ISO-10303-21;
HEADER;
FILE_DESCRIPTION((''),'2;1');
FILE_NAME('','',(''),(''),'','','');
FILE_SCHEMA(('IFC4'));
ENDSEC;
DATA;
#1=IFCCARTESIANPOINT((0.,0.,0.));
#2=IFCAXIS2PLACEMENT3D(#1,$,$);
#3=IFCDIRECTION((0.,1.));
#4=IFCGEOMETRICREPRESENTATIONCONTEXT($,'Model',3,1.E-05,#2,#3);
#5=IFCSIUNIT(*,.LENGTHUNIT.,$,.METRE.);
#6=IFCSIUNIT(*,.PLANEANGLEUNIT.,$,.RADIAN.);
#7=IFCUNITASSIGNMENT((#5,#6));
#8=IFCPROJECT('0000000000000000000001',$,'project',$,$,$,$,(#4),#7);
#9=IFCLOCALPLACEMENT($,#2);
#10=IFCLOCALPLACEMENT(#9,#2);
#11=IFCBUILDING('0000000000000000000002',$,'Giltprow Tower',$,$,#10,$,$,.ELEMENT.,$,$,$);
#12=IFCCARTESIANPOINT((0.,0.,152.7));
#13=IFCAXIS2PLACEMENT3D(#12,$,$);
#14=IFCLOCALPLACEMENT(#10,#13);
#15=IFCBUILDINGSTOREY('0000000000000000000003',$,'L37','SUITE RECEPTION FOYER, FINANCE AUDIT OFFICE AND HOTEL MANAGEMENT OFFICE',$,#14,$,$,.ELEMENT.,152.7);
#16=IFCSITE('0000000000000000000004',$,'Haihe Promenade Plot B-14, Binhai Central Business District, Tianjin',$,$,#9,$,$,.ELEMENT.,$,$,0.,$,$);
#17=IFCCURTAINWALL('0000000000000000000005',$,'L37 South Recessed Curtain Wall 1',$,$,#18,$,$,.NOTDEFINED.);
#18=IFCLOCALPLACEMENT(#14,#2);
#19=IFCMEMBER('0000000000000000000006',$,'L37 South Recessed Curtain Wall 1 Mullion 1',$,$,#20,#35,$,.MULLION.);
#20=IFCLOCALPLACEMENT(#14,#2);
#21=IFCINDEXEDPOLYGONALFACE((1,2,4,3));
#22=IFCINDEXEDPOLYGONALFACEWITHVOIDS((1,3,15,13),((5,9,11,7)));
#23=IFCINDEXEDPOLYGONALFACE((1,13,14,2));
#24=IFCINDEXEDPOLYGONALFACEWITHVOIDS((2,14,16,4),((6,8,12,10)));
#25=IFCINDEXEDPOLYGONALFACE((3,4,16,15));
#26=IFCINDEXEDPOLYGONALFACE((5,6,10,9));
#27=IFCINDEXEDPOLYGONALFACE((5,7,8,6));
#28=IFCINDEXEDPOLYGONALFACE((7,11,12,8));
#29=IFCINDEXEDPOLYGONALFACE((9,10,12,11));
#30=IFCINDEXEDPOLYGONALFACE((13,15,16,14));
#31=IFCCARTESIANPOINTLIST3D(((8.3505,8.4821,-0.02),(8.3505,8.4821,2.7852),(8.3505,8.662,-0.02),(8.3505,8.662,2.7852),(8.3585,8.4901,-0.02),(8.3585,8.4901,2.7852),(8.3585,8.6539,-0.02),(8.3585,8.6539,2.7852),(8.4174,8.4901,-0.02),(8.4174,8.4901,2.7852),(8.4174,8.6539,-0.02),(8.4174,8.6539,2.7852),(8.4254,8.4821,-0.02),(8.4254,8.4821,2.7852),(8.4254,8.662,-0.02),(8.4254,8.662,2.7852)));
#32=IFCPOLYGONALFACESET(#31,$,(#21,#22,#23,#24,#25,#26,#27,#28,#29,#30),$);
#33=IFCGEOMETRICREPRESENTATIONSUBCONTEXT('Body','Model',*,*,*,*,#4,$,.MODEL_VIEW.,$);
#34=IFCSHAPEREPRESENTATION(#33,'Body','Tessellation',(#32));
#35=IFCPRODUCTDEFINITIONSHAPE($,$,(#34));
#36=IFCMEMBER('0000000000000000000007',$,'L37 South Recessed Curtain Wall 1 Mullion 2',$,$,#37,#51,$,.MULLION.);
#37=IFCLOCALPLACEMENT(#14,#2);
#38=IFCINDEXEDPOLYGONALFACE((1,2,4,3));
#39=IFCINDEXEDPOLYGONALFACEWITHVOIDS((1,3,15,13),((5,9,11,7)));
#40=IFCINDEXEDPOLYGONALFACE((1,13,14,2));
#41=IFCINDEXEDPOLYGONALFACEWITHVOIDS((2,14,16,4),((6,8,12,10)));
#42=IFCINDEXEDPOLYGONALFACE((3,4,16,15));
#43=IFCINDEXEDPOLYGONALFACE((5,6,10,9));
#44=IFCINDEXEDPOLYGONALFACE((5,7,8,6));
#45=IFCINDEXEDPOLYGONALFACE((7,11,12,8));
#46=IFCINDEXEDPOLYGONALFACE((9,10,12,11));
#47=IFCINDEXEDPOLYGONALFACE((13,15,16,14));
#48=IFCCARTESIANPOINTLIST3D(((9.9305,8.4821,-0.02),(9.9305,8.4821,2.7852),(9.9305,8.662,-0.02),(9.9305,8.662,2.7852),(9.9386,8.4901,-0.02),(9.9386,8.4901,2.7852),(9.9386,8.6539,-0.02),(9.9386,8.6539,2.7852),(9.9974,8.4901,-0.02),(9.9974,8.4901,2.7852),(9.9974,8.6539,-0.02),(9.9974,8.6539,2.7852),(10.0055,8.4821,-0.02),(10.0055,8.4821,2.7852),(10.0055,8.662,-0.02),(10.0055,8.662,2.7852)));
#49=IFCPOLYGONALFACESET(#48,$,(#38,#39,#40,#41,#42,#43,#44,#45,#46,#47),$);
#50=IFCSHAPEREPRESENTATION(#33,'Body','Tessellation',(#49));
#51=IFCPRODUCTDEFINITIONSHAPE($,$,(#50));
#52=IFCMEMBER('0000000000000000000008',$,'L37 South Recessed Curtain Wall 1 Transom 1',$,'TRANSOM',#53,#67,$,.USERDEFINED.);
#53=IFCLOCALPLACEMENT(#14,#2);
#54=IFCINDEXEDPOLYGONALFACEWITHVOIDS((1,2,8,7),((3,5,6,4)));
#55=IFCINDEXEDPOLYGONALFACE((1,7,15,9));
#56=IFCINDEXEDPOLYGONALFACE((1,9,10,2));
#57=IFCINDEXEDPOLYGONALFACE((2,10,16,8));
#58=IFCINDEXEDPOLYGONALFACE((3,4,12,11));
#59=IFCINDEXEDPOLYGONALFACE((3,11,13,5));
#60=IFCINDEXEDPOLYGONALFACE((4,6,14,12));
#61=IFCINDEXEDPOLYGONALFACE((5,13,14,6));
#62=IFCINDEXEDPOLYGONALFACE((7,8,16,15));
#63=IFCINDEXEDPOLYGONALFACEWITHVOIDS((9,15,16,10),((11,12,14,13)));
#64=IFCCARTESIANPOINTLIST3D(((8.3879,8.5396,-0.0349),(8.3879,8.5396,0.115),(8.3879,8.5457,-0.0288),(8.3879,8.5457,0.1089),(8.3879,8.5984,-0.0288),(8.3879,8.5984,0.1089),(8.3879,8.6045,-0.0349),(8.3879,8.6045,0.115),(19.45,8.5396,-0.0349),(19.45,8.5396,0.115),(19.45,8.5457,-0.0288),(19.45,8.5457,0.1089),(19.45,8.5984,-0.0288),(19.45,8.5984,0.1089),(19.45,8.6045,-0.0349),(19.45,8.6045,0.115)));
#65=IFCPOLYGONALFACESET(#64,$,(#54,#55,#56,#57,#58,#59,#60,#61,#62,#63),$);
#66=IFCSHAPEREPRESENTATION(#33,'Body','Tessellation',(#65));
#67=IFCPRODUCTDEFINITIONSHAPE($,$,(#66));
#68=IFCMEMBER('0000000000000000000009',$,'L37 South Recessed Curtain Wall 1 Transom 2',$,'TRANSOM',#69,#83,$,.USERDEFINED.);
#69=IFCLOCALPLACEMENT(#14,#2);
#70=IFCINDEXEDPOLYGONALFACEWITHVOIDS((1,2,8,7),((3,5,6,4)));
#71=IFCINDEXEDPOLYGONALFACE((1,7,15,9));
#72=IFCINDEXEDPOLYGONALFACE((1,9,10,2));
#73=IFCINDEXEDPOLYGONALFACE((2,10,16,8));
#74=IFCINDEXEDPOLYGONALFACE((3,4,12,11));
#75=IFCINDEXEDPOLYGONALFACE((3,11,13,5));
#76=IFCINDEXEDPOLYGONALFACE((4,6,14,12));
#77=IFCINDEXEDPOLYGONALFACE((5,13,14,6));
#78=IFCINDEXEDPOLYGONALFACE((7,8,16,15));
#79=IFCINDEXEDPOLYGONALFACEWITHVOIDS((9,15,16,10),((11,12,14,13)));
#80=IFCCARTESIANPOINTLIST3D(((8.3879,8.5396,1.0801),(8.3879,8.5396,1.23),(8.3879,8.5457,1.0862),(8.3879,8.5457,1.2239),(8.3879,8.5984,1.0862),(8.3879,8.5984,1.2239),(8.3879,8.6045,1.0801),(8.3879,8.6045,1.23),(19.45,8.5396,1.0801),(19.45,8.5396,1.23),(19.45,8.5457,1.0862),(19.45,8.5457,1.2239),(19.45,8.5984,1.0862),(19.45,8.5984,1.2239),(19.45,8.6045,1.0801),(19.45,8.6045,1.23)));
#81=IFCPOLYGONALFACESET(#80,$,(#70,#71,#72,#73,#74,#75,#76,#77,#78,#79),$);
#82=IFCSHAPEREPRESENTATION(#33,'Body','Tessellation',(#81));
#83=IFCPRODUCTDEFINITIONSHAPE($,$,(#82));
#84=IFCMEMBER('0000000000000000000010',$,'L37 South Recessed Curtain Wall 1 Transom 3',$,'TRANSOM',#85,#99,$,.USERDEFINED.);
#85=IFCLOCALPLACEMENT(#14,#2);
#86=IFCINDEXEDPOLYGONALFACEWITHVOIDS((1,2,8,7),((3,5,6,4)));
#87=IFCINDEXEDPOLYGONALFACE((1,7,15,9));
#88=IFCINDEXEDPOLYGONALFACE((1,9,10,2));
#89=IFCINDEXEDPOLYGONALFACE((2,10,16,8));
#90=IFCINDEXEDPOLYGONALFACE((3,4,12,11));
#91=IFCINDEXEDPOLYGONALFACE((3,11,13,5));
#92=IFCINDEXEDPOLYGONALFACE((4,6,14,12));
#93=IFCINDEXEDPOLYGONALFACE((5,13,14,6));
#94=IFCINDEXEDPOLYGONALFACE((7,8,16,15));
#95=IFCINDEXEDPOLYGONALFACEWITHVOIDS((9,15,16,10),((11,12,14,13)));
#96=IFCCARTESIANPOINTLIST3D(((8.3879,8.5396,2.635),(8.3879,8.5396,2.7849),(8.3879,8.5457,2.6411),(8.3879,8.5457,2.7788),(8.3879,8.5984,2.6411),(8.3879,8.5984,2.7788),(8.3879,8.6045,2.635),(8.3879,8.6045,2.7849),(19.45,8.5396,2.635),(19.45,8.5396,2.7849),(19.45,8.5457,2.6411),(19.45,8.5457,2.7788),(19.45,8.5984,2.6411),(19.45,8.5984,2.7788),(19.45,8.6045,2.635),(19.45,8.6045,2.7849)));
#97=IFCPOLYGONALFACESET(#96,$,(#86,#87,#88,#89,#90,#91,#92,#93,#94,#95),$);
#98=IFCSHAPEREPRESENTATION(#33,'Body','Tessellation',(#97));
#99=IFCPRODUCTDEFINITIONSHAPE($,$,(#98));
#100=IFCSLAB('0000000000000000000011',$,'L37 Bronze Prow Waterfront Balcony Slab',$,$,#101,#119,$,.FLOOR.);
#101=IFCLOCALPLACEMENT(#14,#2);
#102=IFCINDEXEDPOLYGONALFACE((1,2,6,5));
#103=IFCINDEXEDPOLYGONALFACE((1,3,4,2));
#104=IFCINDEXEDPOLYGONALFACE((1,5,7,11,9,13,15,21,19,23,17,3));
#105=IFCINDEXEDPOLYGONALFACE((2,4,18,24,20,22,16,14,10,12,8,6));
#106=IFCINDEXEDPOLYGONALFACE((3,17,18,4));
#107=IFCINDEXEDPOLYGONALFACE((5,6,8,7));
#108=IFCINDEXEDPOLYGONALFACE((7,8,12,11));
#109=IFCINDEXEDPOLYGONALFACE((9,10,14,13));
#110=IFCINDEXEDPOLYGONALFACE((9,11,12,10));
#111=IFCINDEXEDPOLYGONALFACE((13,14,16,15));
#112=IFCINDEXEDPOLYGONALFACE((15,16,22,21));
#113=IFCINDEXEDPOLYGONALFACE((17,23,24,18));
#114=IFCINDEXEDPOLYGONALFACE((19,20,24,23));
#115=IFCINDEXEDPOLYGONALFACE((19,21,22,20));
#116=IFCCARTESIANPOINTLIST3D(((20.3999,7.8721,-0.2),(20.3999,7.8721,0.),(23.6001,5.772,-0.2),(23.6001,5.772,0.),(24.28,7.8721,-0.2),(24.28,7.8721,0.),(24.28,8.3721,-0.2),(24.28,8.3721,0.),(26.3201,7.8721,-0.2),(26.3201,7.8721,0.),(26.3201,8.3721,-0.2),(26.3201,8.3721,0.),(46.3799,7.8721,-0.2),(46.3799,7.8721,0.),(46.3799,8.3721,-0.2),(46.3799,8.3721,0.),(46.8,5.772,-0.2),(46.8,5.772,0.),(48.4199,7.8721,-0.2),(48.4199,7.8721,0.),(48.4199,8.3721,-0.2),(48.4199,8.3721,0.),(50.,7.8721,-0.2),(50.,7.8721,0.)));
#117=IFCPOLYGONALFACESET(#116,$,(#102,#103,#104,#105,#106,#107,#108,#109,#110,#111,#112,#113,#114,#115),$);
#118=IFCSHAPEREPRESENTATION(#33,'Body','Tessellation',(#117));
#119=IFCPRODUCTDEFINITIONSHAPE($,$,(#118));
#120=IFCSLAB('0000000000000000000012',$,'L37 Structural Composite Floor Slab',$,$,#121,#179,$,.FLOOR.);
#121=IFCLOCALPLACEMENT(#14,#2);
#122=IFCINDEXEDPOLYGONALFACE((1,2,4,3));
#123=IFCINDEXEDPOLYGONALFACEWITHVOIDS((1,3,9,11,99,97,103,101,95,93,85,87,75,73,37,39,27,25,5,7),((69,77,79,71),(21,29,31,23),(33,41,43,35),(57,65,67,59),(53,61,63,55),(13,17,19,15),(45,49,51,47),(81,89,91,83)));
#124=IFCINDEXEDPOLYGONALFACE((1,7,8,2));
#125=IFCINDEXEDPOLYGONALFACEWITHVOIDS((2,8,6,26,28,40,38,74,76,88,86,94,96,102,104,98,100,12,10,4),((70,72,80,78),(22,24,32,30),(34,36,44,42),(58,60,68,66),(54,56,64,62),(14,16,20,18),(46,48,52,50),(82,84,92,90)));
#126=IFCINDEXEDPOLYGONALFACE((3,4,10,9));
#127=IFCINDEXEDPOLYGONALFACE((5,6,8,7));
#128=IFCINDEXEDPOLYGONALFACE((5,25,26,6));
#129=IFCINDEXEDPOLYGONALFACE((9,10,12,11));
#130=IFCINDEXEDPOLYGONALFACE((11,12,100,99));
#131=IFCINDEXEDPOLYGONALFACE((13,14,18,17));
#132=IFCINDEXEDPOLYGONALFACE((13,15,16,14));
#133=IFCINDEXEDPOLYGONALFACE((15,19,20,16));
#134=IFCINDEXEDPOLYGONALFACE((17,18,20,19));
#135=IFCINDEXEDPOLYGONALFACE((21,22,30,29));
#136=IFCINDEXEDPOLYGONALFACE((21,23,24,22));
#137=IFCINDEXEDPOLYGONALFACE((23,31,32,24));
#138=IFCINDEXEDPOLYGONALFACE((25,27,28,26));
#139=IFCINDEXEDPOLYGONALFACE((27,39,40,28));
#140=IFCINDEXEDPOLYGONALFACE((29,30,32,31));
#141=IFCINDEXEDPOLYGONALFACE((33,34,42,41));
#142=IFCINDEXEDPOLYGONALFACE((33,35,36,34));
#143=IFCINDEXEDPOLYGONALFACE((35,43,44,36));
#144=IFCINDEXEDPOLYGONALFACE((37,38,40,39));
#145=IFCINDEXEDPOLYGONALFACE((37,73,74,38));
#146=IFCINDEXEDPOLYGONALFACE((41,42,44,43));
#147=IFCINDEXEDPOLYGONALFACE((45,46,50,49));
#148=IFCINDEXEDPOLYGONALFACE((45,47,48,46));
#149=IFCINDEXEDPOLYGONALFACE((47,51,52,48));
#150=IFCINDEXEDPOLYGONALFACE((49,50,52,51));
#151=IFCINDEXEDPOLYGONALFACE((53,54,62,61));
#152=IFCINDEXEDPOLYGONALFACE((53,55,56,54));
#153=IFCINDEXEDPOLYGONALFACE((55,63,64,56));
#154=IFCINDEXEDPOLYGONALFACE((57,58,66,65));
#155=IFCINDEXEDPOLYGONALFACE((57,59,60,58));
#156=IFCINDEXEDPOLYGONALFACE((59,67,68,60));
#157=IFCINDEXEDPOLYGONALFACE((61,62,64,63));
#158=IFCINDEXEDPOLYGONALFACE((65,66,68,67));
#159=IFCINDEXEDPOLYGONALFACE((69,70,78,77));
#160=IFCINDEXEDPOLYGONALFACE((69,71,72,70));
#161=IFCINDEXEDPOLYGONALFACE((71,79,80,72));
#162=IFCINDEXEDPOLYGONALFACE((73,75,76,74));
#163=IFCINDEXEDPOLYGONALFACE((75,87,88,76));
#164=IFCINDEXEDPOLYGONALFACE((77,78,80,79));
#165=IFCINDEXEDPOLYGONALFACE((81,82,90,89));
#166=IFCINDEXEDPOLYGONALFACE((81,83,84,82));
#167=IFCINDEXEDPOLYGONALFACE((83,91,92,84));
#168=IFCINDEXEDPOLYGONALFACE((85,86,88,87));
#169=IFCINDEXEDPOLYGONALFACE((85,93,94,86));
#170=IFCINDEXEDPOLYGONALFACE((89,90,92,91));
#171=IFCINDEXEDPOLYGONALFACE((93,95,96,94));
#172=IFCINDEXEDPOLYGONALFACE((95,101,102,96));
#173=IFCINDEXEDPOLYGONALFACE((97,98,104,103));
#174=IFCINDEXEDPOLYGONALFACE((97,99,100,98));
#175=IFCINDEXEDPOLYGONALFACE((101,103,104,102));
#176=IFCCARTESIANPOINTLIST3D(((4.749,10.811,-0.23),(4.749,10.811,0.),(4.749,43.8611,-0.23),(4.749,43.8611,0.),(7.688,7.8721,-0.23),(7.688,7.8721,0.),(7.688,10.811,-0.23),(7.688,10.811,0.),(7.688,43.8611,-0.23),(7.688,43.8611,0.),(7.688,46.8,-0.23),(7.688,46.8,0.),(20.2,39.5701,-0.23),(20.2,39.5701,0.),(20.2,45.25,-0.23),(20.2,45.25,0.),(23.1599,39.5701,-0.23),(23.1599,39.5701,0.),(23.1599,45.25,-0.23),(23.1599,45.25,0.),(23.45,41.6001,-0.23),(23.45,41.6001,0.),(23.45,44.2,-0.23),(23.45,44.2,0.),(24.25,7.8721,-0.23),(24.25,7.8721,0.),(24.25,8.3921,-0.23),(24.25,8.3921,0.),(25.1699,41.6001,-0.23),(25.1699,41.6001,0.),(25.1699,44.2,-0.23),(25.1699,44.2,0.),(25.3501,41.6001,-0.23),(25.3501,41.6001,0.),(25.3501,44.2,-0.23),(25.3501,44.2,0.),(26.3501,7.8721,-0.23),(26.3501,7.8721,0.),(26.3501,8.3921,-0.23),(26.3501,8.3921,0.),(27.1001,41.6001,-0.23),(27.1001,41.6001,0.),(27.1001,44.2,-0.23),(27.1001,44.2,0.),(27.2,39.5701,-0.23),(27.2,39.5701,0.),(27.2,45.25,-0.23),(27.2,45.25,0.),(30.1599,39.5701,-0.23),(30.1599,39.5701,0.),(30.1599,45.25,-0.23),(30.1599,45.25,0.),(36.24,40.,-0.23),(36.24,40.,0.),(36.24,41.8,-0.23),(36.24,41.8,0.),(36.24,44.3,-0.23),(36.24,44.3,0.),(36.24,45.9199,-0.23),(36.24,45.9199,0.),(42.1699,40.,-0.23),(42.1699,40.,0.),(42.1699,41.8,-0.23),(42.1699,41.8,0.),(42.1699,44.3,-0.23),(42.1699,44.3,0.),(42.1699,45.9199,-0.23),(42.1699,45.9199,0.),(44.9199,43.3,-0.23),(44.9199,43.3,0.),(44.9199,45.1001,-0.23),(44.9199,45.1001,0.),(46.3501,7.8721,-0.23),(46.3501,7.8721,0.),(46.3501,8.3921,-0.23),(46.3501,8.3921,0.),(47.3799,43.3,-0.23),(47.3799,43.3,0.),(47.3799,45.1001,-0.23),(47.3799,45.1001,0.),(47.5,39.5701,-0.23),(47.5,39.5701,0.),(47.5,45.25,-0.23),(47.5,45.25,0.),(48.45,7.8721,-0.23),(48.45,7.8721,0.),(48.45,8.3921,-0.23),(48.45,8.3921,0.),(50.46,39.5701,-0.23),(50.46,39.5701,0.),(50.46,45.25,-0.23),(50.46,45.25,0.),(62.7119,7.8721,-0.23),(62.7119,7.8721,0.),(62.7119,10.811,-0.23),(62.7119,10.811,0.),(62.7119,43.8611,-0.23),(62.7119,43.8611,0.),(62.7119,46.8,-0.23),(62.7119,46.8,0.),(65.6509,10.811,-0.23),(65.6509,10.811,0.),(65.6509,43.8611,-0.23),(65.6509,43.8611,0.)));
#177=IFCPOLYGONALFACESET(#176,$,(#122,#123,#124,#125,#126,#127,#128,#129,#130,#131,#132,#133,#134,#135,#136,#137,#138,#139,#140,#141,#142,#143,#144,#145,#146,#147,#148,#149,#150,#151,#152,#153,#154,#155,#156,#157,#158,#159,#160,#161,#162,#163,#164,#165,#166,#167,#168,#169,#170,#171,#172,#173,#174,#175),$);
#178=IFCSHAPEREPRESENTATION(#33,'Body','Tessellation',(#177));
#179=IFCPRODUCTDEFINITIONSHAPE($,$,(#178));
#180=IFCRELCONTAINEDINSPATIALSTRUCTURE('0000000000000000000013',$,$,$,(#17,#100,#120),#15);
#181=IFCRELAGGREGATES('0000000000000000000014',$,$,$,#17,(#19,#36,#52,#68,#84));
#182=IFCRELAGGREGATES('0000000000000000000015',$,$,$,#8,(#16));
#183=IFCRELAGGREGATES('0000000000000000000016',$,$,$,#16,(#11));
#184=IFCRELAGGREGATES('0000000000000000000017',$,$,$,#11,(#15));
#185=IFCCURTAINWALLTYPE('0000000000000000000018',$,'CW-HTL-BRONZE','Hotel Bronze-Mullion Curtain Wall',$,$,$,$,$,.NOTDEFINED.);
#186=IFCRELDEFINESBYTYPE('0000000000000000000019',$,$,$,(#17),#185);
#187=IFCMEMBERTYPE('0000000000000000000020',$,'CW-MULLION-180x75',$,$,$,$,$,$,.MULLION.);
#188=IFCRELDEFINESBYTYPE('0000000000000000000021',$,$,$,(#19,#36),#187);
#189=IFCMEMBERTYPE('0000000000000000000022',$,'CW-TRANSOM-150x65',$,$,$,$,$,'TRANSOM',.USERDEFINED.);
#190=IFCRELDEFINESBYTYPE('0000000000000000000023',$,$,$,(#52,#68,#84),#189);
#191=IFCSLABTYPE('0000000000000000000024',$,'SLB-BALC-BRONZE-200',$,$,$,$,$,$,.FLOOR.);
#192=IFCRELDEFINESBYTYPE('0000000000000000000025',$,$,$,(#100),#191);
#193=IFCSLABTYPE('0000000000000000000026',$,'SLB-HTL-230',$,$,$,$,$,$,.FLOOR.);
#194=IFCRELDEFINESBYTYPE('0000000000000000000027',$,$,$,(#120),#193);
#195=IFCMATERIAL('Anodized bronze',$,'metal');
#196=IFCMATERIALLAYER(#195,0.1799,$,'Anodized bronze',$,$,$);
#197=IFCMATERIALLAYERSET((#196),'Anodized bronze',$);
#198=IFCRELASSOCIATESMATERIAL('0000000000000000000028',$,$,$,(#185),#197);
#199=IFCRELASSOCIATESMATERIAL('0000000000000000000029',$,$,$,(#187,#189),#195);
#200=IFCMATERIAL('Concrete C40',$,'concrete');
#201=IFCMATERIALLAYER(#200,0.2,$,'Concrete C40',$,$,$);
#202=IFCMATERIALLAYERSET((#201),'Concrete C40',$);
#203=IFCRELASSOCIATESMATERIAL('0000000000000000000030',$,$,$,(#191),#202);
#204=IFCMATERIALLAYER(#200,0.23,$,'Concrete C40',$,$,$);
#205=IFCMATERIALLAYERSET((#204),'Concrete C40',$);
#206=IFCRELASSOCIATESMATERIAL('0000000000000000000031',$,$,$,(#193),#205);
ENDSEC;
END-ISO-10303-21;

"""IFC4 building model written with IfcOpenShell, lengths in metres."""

from ifc_helpers import new_model, si_unit, direction, frame, origin, origin_2d, place, context, subcontext, project, spatial, polyline, hollow_rectangle, outline, extrude, source, transform, mapped, material, layer, layer_set, material_profile, profile_set, type_object, element, aggregate, save


model = new_model("IFC4")

# Units and contexts
model_context = context("Model", 3, precision=1e-05, world=origin(), true_north=direction((0.0, 1.0)))
body_context = subcontext(model_context, "Body", "Model", "MODEL_VIEW")
ifc_project = project(units=[si_unit("LENGTHUNIT", "METRE"), si_unit("PLANEANGLEUNIT", "RADIAN")], contexts=[model_context])

# Site, building, storey
site_placement = place(None, origin())
site = spatial("IfcSite", under=ifc_project, at=site_placement, Name="Haihe Promenade Plot B-14, Binhai Central Business District, Tianjin", CompositionType="ELEMENT", RefElevation=0.0)
building_placement = place(site_placement, origin())
building = spatial("IfcBuilding", under=site, at=building_placement, Name="Giltprow Tower", CompositionType="ELEMENT")
storey_placement = place(building_placement, frame((0.0, 0.0, 152.7)))
storey = spatial("IfcBuildingStorey", under=building, at=storey_placement, Name="L37", Description="SUITE RECEPTION FOYER, FINANCE AUDIT OFFICE AND HOTEL MANAGEMENT OFFICE", CompositionType="ELEMENT", Elevation=152.7)

# Curtain wall, members
ifc_material_1 = material(Name="Anodized bronze", Category="metal")
ifc_layer_1 = layer(ifc_material_1, 0.1799, Name="Anodized bronze")
ifc_layer_set_1 = layer_set([ifc_layer_1], Name="Anodized bronze")
curtain_wall_type = type_object("IfcCurtainWallType", Name="CW-HTL-BRONZE", Description="Hotel Bronze-Mullion Curtain Wall", PredefinedType="NOTDEFINED", material=ifc_layer_set_1)
curtain_wall_placement = place(storey_placement, origin())
curtain_wall = element("IfcCurtainWall", 1, at=curtain_wall_placement, inside=storey, type_object=curtain_wall_type, Name="L37 South Recessed Curtain Wall 1", PredefinedType="NOTDEFINED")
ifc_material_profile_1 = material_profile(ifc_material_1, hollow_rectangle(XDim=0.075, YDim=0.1799, WallThickness=0.0081, at=origin_2d()), Name="RHS 180x75x8")
ifc_profile_set_1 = profile_set([ifc_material_profile_1], Name="Anodized bronze")
member_type_1 = type_object("IfcMemberType", Name="CW-MULLION-180x75", PredefinedType="MULLION", material=ifc_profile_set_1)
shared_shape_1 = source(origin(), body_context, "Body", "SweptSolid", [
    extrude(hollow_rectangle(XDim=0.075, YDim=0.1799, WallThickness=0.0081, at=origin_2d()), origin(), (0.0, 0.0, 1.0), 2.8052),
])
member_1_placement = place(storey_placement, frame((8.3879, 8.572, -0.02), z_axis=(0.0, 0.0, 1.0), x_axis=(1.0, 0.0, 0.0)))
member_1 = element("IfcMember", 2, at=member_1_placement, type_object=member_type_1, Name="L37 South Recessed Curtain Wall 1 Mullion 1", PredefinedType="MULLION", context=body_context, shape_type="MappedRepresentation", body=[
    mapped(shared_shape_1, transform((0.0, 0.0, 0.0), x_axis=(1.0, 0.0, 0.0), y_axis=(0.0, 1.0, 0.0), z_axis=(0.0, 0.0, 1.0), scale=1.0)),
])
member_2_placement = place(storey_placement, frame((9.968, 8.572, -0.02), z_axis=(0.0, 0.0, 1.0), x_axis=(1.0, 0.0, 0.0)))
member_2 = element("IfcMember", 3, at=member_2_placement, type_object=member_type_1, Name="L37 South Recessed Curtain Wall 1 Mullion 2", PredefinedType="MULLION", context=body_context, shape_type="MappedRepresentation", body=[
    mapped(shared_shape_1, transform((0.0, 0.0, 0.0), x_axis=(1.0, 0.0, 0.0), y_axis=(0.0, 1.0, 0.0), z_axis=(0.0, 0.0, 1.0), scale=1.0)),
])
ifc_material_profile_2 = material_profile(ifc_material_1, hollow_rectangle(XDim=0.0649, YDim=0.1499, WallThickness=0.0061, at=origin_2d()), Name="RHS 150x65x6")
ifc_profile_set_2 = profile_set([ifc_material_profile_2], Name="Anodized bronze")
member_type_2 = type_object("IfcMemberType", Name="CW-TRANSOM-150x65", ElementType="TRANSOM", PredefinedType="USERDEFINED", material=ifc_profile_set_2)
shared_shape_2 = source(origin(), body_context, "Body", "SweptSolid", [
    extrude(hollow_rectangle(XDim=0.0649, YDim=0.1499, WallThickness=0.0061, at=origin_2d()), origin(), (0.0, 0.0, 1.0), 11.062),
])
member_3_placement = place(storey_placement, frame((8.3879, 8.572, 0.04), z_axis=(1.0, 0.0, 0.0), x_axis=(0.0, 1.0, 0.0)))
member_3 = element("IfcMember", 4, at=member_3_placement, type_object=member_type_2, Name="L37 South Recessed Curtain Wall 1 Transom 1", ObjectType="TRANSOM", PredefinedType="USERDEFINED", context=body_context, shape_type="MappedRepresentation", body=[
    mapped(shared_shape_2, transform((0.0, 0.0, 0.0), x_axis=(1.0, 0.0, 0.0), y_axis=(0.0, 1.0, 0.0), z_axis=(0.0, 0.0, 1.0), scale=1.0)),
])
member_4_placement = place(storey_placement, frame((8.3879, 8.572, 1.155), z_axis=(1.0, 0.0, 0.0), x_axis=(0.0, 1.0, 0.0)))
member_4 = element("IfcMember", 5, at=member_4_placement, type_object=member_type_2, Name="L37 South Recessed Curtain Wall 1 Transom 2", ObjectType="TRANSOM", PredefinedType="USERDEFINED", context=body_context, shape_type="MappedRepresentation", body=[
    mapped(shared_shape_2, transform((0.0, 0.0, 0.0), x_axis=(1.0, 0.0, 0.0), y_axis=(0.0, 1.0, 0.0), z_axis=(0.0, 0.0, 1.0), scale=1.0)),
])
member_5_placement = place(storey_placement, frame((8.3879, 8.572, 2.71), z_axis=(1.0, 0.0, 0.0), x_axis=(0.0, 1.0, 0.0)))
member_5 = element("IfcMember", 6, at=member_5_placement, type_object=member_type_2, Name="L37 South Recessed Curtain Wall 1 Transom 3", ObjectType="TRANSOM", PredefinedType="USERDEFINED", context=body_context, shape_type="MappedRepresentation", body=[
    mapped(shared_shape_2, transform((0.0, 0.0, 0.0), x_axis=(1.0, 0.0, 0.0), y_axis=(0.0, 1.0, 0.0), z_axis=(0.0, 0.0, 1.0), scale=1.0)),
])

# Slabs
ifc_material_2 = material(Name="Concrete C40", Category="concrete")
ifc_layer_2 = layer(ifc_material_2, 0.2, Name="Concrete C40")
ifc_layer_set_2 = layer_set([ifc_layer_2], Name="Concrete C40")
slab_type_1 = type_object("IfcSlabType", Name="SLB-BALC-BRONZE-200", PredefinedType="FLOOR", material=ifc_layer_set_2)
slab_1_placement = place(storey_placement, frame((0.0, 0.0, -0.2)))
element("IfcSlab", 7, at=slab_1_placement, inside=storey, type_object=slab_type_1, Name="L37 Bronze Prow Waterfront Balcony Slab", PredefinedType="FLOOR", context=body_context, shape_type="SweptSolid", body=[
    extrude(outline(polyline([(50.0, 7.8721), (46.8, 5.772), (23.6001, 5.772), (20.3999, 7.8721), (24.28, 7.8721), (24.28, 8.3721), (26.3201, 8.3721), (26.3201, 7.8721), (46.3799, 7.8721), (46.3799, 8.3721), (48.4199, 8.3721), (48.4199, 7.8721), (50.0, 7.8721)])), origin(), (0.0, 0.0, 1.0), 0.2),
])
ifc_layer_3 = layer(ifc_material_2, 0.23, Name="Concrete C40")
ifc_layer_set_3 = layer_set([ifc_layer_3], Name="Concrete C40")
slab_type_2 = type_object("IfcSlabType", Name="SLB-HTL-230", PredefinedType="FLOOR", material=ifc_layer_set_3)
slab_2_placement = place(storey_placement, frame((0.0, 0.0, -0.23)))
element("IfcSlab", 8, at=slab_2_placement, inside=storey, type_object=slab_type_2, Name="L37 Structural Composite Floor Slab", PredefinedType="FLOOR", context=body_context, shape_type="SweptSolid", body=[
    extrude(outline(polyline([(7.688, 7.8721), (7.688, 10.811), (4.749, 10.811), (4.749, 43.8611), (7.688, 43.8611), (7.688, 46.8), (62.7119, 46.8), (62.7119, 43.8611), (65.6509, 43.8611), (65.6509, 10.811), (62.7119, 10.811), (62.7119, 7.8721), (48.45, 7.8721), (48.45, 8.3921), (46.3501, 8.3921), (46.3501, 7.8721), (26.3501, 7.8721), (26.3501, 8.3921), (24.25, 8.3921), (24.25, 7.8721), (7.688, 7.8721)]), holes=[polyline([(42.1699, 41.8), (36.24, 41.8), (36.24, 40.0), (42.1699, 40.0), (42.1699, 41.8)]), polyline([(23.1599, 39.5701), (23.1599, 45.25), (20.2, 45.25), (20.2, 39.5701), (23.1599, 39.5701)]), polyline([(30.1599, 39.5701), (30.1599, 45.25), (27.2, 45.25), (27.2, 39.5701), (30.1599, 39.5701)]), polyline([(50.46, 45.25), (47.5, 45.25), (47.5, 39.5701), (50.46, 39.5701), (50.46, 45.25)]), polyline([(25.1699, 44.2), (23.45, 44.2), (23.45, 41.6001), (25.1699, 41.6001), (25.1699, 44.2)]), polyline([(27.1001, 44.2), (25.3501, 44.2), (25.3501, 41.6001), (27.1001, 41.6001), (27.1001, 44.2)]), polyline([(47.3799, 43.3), (47.3799, 45.1001), (44.9199, 45.1001), (44.9199, 43.3), (47.3799, 43.3)]), polyline([(42.1699, 44.3), (42.1699, 45.9199), (36.24, 45.9199), (36.24, 44.3), (42.1699, 44.3)])]), origin(), (0.0, 0.0, 1.0), 0.23),
])

aggregate(curtain_wall, [member_1, member_2, member_3, member_4, member_5])

save(model, "model.ifc")
